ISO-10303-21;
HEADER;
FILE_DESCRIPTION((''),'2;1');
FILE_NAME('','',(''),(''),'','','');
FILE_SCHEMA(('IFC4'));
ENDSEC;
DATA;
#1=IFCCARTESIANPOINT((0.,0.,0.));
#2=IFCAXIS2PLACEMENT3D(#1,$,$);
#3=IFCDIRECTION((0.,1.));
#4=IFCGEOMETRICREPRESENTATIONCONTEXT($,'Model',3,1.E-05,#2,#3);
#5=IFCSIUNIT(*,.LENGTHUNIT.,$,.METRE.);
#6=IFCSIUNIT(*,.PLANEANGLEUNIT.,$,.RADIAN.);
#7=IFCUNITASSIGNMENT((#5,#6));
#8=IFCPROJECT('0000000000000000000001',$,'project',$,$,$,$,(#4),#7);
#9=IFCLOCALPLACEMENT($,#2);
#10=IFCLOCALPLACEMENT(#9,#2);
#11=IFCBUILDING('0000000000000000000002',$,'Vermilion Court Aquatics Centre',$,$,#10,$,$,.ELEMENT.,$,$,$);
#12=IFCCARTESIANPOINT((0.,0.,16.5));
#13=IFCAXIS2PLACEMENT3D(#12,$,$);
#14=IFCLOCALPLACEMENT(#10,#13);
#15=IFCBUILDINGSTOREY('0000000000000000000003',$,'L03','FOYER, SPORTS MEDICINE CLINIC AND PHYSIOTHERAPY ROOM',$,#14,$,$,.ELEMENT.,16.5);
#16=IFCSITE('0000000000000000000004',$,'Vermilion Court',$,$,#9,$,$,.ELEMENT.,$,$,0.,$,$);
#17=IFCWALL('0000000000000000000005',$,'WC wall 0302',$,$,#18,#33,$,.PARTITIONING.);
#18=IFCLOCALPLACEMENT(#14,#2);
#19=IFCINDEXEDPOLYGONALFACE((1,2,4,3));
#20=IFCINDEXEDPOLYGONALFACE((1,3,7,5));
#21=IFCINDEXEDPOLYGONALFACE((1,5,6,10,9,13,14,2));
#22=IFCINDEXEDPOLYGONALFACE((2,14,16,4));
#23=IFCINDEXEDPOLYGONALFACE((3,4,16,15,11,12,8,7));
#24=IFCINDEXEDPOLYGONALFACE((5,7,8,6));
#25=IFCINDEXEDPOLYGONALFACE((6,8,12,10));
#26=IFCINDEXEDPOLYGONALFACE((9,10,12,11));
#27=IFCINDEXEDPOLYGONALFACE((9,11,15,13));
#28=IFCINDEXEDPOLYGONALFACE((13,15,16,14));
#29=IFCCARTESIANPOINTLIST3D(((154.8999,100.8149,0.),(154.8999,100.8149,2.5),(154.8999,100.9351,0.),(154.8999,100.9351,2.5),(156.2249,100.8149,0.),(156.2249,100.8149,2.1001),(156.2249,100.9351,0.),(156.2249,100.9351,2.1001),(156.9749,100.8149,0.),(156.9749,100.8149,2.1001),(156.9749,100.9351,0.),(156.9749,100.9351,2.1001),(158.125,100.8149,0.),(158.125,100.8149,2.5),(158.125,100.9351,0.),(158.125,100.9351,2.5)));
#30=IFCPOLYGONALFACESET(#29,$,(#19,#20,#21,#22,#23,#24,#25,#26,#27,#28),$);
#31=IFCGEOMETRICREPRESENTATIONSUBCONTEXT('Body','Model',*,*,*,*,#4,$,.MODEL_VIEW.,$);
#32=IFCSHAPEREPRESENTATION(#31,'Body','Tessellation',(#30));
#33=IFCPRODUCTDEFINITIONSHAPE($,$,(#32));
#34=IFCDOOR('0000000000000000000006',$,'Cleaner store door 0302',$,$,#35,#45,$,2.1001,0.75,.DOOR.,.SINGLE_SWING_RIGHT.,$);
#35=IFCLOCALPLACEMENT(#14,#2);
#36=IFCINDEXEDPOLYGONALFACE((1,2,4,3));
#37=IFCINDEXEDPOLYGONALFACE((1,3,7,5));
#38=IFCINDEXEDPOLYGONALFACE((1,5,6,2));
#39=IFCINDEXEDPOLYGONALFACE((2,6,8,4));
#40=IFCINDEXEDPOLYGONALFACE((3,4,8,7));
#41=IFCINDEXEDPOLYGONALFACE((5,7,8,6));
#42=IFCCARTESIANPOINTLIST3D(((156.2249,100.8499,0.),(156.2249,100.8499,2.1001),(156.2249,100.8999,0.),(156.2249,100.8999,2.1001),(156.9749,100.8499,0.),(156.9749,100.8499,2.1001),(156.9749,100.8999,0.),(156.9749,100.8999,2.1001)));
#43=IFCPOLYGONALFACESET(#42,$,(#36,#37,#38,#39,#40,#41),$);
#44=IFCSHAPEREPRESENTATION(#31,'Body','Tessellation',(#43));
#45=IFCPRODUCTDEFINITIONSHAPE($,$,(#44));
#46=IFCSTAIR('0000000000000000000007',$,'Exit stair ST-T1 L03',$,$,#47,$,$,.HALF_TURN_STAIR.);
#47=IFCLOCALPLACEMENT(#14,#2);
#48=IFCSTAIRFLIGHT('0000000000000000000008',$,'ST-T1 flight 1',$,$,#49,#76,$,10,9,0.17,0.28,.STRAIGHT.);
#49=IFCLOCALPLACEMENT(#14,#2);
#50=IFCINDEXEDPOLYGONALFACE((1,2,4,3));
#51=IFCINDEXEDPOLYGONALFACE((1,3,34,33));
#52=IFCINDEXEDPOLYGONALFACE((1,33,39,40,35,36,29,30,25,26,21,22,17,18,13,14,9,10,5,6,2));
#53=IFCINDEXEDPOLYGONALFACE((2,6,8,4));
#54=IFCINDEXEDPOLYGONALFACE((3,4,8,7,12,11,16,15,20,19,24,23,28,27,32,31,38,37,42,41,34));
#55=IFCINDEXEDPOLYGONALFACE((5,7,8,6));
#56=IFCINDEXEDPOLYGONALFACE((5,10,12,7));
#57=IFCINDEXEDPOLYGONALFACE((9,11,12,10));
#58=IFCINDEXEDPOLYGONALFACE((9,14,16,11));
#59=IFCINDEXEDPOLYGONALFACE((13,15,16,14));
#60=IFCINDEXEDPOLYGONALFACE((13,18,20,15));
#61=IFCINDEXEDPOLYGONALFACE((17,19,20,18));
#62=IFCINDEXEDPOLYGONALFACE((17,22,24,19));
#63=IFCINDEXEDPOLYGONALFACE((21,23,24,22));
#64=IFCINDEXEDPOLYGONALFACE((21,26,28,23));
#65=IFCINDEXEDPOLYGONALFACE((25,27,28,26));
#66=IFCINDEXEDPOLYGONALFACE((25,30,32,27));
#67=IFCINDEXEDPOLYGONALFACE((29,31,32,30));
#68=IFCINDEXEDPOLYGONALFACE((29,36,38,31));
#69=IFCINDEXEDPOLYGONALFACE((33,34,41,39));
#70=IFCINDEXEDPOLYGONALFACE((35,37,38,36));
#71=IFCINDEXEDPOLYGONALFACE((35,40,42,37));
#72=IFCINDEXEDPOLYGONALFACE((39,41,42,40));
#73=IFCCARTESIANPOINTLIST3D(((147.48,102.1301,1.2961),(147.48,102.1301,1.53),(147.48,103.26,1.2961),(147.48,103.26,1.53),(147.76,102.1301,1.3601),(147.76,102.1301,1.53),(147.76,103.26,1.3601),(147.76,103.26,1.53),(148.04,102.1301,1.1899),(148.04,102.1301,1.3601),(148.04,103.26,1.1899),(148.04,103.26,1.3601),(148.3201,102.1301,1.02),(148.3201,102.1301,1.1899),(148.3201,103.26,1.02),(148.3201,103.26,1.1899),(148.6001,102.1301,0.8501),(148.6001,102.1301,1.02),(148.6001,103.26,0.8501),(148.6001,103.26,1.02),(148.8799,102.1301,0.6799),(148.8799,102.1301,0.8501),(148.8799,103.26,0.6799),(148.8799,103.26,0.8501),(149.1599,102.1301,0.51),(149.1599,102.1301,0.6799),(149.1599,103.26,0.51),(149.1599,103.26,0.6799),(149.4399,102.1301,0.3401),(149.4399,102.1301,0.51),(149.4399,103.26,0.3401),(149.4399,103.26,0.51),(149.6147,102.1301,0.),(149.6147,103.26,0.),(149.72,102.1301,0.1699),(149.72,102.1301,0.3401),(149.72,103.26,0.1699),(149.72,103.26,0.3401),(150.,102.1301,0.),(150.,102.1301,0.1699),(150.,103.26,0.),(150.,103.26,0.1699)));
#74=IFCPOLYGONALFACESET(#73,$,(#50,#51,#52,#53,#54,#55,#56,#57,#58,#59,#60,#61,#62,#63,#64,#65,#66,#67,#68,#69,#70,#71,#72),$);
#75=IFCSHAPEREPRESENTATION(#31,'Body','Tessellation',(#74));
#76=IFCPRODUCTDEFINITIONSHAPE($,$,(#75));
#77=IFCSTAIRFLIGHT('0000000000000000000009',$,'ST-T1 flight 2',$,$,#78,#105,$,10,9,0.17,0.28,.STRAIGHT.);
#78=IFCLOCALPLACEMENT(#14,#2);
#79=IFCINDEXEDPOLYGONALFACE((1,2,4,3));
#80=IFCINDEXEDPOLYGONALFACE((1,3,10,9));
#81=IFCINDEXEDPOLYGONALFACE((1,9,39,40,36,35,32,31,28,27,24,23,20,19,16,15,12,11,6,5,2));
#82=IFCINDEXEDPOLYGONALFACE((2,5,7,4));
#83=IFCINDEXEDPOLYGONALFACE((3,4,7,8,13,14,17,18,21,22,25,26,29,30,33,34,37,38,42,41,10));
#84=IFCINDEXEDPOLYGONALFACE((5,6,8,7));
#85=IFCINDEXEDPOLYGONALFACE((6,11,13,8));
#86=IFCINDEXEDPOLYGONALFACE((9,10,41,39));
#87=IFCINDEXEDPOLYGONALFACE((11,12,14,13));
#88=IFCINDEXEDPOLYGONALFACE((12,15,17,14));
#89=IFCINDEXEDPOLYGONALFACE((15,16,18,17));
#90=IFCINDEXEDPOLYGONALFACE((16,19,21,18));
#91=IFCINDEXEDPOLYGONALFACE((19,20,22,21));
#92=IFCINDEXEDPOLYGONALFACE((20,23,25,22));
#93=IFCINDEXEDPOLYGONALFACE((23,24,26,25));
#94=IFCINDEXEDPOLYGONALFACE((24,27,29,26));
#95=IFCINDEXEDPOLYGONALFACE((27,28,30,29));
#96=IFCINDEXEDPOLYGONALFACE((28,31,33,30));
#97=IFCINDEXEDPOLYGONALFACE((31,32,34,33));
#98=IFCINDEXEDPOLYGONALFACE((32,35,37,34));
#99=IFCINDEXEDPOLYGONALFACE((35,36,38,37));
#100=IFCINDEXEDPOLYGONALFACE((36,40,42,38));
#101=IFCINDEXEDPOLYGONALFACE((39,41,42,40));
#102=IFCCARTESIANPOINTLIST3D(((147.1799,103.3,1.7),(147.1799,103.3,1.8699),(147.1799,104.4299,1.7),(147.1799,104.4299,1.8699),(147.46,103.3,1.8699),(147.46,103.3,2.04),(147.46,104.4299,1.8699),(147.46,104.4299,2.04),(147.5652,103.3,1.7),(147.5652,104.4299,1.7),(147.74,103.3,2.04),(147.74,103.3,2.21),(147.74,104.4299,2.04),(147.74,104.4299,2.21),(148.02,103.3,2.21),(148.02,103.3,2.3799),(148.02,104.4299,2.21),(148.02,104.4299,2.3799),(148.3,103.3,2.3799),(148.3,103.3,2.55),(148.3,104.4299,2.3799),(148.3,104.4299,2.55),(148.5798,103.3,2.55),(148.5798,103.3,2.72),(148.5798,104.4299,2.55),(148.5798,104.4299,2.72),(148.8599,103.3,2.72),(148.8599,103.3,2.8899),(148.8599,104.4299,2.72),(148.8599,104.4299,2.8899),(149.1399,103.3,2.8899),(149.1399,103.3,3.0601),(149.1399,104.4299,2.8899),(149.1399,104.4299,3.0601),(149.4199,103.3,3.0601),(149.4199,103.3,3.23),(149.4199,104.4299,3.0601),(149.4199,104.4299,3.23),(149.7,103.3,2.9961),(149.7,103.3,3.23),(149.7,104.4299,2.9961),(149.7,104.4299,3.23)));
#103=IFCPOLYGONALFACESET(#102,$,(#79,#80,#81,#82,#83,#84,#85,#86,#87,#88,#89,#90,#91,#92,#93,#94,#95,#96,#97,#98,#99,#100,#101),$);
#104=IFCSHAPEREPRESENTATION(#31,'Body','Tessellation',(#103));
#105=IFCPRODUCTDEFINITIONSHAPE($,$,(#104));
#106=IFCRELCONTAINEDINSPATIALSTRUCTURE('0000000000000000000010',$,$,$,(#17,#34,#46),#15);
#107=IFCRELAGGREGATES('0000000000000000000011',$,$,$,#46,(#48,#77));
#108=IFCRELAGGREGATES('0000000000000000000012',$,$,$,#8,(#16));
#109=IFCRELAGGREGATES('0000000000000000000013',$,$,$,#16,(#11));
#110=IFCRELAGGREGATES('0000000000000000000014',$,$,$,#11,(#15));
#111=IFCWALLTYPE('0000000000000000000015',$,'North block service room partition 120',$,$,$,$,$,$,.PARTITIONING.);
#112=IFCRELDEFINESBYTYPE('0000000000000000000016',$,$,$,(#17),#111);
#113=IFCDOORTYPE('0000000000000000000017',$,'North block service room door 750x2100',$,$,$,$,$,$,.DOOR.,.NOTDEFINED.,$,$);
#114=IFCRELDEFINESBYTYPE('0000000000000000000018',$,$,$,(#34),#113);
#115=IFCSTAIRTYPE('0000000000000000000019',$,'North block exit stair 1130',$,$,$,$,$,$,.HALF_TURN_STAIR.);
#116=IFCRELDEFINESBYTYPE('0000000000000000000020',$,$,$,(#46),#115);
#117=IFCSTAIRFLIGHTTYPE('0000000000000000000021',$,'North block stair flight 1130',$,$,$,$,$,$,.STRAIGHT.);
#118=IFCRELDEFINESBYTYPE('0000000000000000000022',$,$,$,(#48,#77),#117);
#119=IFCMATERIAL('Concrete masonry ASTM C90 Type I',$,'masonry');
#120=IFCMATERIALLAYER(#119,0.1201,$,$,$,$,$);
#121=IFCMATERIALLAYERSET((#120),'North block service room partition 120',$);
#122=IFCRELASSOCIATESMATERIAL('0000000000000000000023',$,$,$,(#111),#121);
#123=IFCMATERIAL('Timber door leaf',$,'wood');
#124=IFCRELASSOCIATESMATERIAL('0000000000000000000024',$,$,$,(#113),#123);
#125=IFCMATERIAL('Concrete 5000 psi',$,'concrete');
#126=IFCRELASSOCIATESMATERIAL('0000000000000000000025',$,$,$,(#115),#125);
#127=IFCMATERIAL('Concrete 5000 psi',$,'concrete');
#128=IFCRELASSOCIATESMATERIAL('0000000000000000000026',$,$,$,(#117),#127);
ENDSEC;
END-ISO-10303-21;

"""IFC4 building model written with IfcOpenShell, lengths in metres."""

from ifc_helpers import new_model, si_unit, direction, frame, frame_2d, origin, place, context, subcontext, project, spatial, polyline, rectangle, outline, extrude, material, layer, layer_set, type_object, element, fill, aggregate, save


model = new_model("IFC4")

# Units and contexts
model_context = context("Model", 3, precision=1e-05, world=origin(), true_north=direction((0.0, 1.0)))
body_context = subcontext(model_context, "Body", "Model", "MODEL_VIEW")
ifc_project = project(units=[si_unit("LENGTHUNIT", "METRE"), si_unit("PLANEANGLEUNIT", "RADIAN")], contexts=[model_context])

# Site, building, storey
site_placement = place(None, origin())
site = spatial("IfcSite", under=ifc_project, at=site_placement, Name="Vermilion Court", CompositionType="ELEMENT", RefElevation=0.0)
building_placement = place(site_placement, origin())
building = spatial("IfcBuilding", under=site, at=building_placement, Name="Vermilion Court Aquatics Centre", CompositionType="ELEMENT")
storey_placement = place(building_placement, frame((0.0, 0.0, 16.5)))
storey = spatial("IfcBuildingStorey", under=building, at=storey_placement, Name="L03", Description="FOYER, SPORTS MEDICINE CLINIC AND PHYSIOTHERAPY ROOM", CompositionType="ELEMENT", Elevation=16.5)

# Wall, opening, door
ifc_material_1 = material(Name="Concrete masonry ASTM C90 Type I", Category="masonry")
ifc_layer_1 = layer(ifc_material_1, 0.1201)
ifc_layer_set_1 = layer_set([ifc_layer_1], Name="North block service room partition 120")
wall_type_1 = type_object("IfcWallType", Name="North block service room partition 120", PredefinedType="PARTITIONING", material=ifc_layer_set_1)
wall_1_placement = place(storey_placement, frame((154.8999, 100.875, 0.0), z_axis=(0.0, 0.0, 1.0), x_axis=(1.0, 0.0, 0.0)))
wall_1 = element("IfcWall", 1, at=wall_1_placement, inside=storey, type_object=wall_type_1, Name="WC wall 0302", PredefinedType="PARTITIONING", context=body_context, shape_type="SweptSolid", body=[
    extrude(rectangle(XDim=3.2251, YDim=0.1201, at=frame_2d((1.6125, 0.0))), origin(), (0.0, 0.0, 1.0), 2.5),
])
opening_1_placement = place(wall_1_placement, frame((1.325, 0.0, 0.0)))
opening_1 = element("IfcOpeningElement", 2, at=opening_1_placement, cuts=wall_1, PredefinedType="OPENING", context=body_context, shape_type="SweptSolid", body=[
    extrude(rectangle(XDim=0.75, YDim=2.1001, at=frame_2d((0.375, 1.05))), frame((0.0, 0.0701, 0.0), z_axis=(0.0, -1.0, 0.0), x_axis=(1.0, 0.0, 0.0)), (0.0, 0.0, 1.0), 0.1401),
])
ifc_material_2 = material(Name="Timber door leaf", Category="wood")
door_type_1 = type_object("IfcDoorType", Name="North block service room door 750x2100", OperationType="NOTDEFINED", PredefinedType="DOOR", material=ifc_material_2)
door_1_placement = place(opening_1_placement, origin())
door_1 = element("IfcDoor", 3, at=door_1_placement, inside=storey, type_object=door_type_1, Name="Cleaner store door 0302", OperationType="SINGLE_SWING_RIGHT", OverallHeight=2.1001, OverallWidth=0.75, PredefinedType="DOOR", context=body_context, shape_type="SweptSolid", body=[
    extrude(rectangle(XDim=0.75, YDim=2.1001, at=frame_2d((0.375, 1.05))), frame((0.0, 0.0249, 0.0), z_axis=(0.0, -1.0, 0.0), x_axis=(1.0, 0.0, 0.0)), (0.0, 0.0, 1.0), 0.05),
])
fill(opening_1, door_1)

# Stair, stair flights
ifc_material_3 = material(Name="Concrete 5000 psi", Category="concrete")
stair_type = type_object("IfcStairType", Name="North block exit stair 1130", PredefinedType="HALF_TURN_STAIR", material=ifc_material_3)
stair_placement = place(storey_placement, origin())
stair = element("IfcStair", 4, at=stair_placement, inside=storey, type_object=stair_type, Name="Exit stair ST-T1 L03", PredefinedType="HALF_TURN_STAIR")
ifc_material_4 = material(Name="Concrete 5000 psi", Category="concrete")
stair_flight_type = type_object("IfcStairFlightType", Name="North block stair flight 1130", PredefinedType="STRAIGHT", material=ifc_material_4)
stair_flight_1_placement = place(storey_placement, frame((150.0, 102.6951, 0.0), z_axis=(0.0, 0.0, 1.0), x_axis=(-1.0, 0.0, 0.0)))
stair_flight_1 = element("IfcStairFlight", 5, at=stair_flight_1_placement, type_object=stair_flight_type, Name="ST-T1 flight 1", NumberOfRisers=10, NumberOfTreads=9, PredefinedType="STRAIGHT", RiserHeight=0.17, TreadLength=0.28, context=body_context, shape_type="SweptSolid", body=[
    extrude(outline(polyline([(0.0, 0.0), (0.0, 0.1699), (0.28, 0.1699), (0.28, 0.3401), (0.5601, 0.3401), (0.5601, 0.51), (0.8401, 0.51), (0.8401, 0.6799), (1.1201, 0.6799), (1.1201, 0.8501), (1.3999, 0.8501), (1.3999, 1.02), (1.6799, 1.02), (1.6799, 1.1899), (1.96, 1.1899), (1.96, 1.3601), (2.24, 1.3601), (2.24, 1.53), (2.52, 1.53), (2.52, 1.7), (2.52, 1.2961), (0.3853, 0.0), (0.0, 0.0)])), frame((0.0, 0.5649, 0.0), z_axis=(0.0, -1.0, 0.0), x_axis=(1.0, 0.0, 0.0)), (0.0, 0.0, 1.0), 1.1299),
])
stair_flight_2_placement = place(storey_placement, frame((147.1799, 103.865, 1.7), z_axis=(0.0, 0.0, 1.0), x_axis=(1.0, 0.0, 0.0)))
stair_flight_2 = element("IfcStairFlight", 6, at=stair_flight_2_placement, type_object=stair_flight_type, Name="ST-T1 flight 2", NumberOfRisers=10, NumberOfTreads=9, PredefinedType="STRAIGHT", RiserHeight=0.17, TreadLength=0.28, context=body_context, shape_type="SweptSolid", body=[
    extrude(outline(polyline([(0.0, 0.0), (0.0, 0.1699), (0.28, 0.1699), (0.28, 0.3401), (0.5601, 0.3401), (0.5601, 0.51), (0.8401, 0.51), (0.8401, 0.6799), (1.1201, 0.6799), (1.1201, 0.8501), (1.3999, 0.8501), (1.3999, 1.02), (1.6799, 1.02), (1.6799, 1.1899), (1.96, 1.1899), (1.96, 1.3601), (2.24, 1.3601), (2.24, 1.53), (2.52, 1.53), (2.52, 1.7), (2.52, 1.2961), (0.3853, 0.0), (0.0, 0.0)])), frame((0.0, 0.5649, 0.0), z_axis=(0.0, -1.0, 0.0), x_axis=(1.0, 0.0, 0.0)), (0.0, 0.0, 1.0), 1.1299),
])
aggregate(stair, [stair_flight_1, stair_flight_2])

save(model, "model.ifc")
